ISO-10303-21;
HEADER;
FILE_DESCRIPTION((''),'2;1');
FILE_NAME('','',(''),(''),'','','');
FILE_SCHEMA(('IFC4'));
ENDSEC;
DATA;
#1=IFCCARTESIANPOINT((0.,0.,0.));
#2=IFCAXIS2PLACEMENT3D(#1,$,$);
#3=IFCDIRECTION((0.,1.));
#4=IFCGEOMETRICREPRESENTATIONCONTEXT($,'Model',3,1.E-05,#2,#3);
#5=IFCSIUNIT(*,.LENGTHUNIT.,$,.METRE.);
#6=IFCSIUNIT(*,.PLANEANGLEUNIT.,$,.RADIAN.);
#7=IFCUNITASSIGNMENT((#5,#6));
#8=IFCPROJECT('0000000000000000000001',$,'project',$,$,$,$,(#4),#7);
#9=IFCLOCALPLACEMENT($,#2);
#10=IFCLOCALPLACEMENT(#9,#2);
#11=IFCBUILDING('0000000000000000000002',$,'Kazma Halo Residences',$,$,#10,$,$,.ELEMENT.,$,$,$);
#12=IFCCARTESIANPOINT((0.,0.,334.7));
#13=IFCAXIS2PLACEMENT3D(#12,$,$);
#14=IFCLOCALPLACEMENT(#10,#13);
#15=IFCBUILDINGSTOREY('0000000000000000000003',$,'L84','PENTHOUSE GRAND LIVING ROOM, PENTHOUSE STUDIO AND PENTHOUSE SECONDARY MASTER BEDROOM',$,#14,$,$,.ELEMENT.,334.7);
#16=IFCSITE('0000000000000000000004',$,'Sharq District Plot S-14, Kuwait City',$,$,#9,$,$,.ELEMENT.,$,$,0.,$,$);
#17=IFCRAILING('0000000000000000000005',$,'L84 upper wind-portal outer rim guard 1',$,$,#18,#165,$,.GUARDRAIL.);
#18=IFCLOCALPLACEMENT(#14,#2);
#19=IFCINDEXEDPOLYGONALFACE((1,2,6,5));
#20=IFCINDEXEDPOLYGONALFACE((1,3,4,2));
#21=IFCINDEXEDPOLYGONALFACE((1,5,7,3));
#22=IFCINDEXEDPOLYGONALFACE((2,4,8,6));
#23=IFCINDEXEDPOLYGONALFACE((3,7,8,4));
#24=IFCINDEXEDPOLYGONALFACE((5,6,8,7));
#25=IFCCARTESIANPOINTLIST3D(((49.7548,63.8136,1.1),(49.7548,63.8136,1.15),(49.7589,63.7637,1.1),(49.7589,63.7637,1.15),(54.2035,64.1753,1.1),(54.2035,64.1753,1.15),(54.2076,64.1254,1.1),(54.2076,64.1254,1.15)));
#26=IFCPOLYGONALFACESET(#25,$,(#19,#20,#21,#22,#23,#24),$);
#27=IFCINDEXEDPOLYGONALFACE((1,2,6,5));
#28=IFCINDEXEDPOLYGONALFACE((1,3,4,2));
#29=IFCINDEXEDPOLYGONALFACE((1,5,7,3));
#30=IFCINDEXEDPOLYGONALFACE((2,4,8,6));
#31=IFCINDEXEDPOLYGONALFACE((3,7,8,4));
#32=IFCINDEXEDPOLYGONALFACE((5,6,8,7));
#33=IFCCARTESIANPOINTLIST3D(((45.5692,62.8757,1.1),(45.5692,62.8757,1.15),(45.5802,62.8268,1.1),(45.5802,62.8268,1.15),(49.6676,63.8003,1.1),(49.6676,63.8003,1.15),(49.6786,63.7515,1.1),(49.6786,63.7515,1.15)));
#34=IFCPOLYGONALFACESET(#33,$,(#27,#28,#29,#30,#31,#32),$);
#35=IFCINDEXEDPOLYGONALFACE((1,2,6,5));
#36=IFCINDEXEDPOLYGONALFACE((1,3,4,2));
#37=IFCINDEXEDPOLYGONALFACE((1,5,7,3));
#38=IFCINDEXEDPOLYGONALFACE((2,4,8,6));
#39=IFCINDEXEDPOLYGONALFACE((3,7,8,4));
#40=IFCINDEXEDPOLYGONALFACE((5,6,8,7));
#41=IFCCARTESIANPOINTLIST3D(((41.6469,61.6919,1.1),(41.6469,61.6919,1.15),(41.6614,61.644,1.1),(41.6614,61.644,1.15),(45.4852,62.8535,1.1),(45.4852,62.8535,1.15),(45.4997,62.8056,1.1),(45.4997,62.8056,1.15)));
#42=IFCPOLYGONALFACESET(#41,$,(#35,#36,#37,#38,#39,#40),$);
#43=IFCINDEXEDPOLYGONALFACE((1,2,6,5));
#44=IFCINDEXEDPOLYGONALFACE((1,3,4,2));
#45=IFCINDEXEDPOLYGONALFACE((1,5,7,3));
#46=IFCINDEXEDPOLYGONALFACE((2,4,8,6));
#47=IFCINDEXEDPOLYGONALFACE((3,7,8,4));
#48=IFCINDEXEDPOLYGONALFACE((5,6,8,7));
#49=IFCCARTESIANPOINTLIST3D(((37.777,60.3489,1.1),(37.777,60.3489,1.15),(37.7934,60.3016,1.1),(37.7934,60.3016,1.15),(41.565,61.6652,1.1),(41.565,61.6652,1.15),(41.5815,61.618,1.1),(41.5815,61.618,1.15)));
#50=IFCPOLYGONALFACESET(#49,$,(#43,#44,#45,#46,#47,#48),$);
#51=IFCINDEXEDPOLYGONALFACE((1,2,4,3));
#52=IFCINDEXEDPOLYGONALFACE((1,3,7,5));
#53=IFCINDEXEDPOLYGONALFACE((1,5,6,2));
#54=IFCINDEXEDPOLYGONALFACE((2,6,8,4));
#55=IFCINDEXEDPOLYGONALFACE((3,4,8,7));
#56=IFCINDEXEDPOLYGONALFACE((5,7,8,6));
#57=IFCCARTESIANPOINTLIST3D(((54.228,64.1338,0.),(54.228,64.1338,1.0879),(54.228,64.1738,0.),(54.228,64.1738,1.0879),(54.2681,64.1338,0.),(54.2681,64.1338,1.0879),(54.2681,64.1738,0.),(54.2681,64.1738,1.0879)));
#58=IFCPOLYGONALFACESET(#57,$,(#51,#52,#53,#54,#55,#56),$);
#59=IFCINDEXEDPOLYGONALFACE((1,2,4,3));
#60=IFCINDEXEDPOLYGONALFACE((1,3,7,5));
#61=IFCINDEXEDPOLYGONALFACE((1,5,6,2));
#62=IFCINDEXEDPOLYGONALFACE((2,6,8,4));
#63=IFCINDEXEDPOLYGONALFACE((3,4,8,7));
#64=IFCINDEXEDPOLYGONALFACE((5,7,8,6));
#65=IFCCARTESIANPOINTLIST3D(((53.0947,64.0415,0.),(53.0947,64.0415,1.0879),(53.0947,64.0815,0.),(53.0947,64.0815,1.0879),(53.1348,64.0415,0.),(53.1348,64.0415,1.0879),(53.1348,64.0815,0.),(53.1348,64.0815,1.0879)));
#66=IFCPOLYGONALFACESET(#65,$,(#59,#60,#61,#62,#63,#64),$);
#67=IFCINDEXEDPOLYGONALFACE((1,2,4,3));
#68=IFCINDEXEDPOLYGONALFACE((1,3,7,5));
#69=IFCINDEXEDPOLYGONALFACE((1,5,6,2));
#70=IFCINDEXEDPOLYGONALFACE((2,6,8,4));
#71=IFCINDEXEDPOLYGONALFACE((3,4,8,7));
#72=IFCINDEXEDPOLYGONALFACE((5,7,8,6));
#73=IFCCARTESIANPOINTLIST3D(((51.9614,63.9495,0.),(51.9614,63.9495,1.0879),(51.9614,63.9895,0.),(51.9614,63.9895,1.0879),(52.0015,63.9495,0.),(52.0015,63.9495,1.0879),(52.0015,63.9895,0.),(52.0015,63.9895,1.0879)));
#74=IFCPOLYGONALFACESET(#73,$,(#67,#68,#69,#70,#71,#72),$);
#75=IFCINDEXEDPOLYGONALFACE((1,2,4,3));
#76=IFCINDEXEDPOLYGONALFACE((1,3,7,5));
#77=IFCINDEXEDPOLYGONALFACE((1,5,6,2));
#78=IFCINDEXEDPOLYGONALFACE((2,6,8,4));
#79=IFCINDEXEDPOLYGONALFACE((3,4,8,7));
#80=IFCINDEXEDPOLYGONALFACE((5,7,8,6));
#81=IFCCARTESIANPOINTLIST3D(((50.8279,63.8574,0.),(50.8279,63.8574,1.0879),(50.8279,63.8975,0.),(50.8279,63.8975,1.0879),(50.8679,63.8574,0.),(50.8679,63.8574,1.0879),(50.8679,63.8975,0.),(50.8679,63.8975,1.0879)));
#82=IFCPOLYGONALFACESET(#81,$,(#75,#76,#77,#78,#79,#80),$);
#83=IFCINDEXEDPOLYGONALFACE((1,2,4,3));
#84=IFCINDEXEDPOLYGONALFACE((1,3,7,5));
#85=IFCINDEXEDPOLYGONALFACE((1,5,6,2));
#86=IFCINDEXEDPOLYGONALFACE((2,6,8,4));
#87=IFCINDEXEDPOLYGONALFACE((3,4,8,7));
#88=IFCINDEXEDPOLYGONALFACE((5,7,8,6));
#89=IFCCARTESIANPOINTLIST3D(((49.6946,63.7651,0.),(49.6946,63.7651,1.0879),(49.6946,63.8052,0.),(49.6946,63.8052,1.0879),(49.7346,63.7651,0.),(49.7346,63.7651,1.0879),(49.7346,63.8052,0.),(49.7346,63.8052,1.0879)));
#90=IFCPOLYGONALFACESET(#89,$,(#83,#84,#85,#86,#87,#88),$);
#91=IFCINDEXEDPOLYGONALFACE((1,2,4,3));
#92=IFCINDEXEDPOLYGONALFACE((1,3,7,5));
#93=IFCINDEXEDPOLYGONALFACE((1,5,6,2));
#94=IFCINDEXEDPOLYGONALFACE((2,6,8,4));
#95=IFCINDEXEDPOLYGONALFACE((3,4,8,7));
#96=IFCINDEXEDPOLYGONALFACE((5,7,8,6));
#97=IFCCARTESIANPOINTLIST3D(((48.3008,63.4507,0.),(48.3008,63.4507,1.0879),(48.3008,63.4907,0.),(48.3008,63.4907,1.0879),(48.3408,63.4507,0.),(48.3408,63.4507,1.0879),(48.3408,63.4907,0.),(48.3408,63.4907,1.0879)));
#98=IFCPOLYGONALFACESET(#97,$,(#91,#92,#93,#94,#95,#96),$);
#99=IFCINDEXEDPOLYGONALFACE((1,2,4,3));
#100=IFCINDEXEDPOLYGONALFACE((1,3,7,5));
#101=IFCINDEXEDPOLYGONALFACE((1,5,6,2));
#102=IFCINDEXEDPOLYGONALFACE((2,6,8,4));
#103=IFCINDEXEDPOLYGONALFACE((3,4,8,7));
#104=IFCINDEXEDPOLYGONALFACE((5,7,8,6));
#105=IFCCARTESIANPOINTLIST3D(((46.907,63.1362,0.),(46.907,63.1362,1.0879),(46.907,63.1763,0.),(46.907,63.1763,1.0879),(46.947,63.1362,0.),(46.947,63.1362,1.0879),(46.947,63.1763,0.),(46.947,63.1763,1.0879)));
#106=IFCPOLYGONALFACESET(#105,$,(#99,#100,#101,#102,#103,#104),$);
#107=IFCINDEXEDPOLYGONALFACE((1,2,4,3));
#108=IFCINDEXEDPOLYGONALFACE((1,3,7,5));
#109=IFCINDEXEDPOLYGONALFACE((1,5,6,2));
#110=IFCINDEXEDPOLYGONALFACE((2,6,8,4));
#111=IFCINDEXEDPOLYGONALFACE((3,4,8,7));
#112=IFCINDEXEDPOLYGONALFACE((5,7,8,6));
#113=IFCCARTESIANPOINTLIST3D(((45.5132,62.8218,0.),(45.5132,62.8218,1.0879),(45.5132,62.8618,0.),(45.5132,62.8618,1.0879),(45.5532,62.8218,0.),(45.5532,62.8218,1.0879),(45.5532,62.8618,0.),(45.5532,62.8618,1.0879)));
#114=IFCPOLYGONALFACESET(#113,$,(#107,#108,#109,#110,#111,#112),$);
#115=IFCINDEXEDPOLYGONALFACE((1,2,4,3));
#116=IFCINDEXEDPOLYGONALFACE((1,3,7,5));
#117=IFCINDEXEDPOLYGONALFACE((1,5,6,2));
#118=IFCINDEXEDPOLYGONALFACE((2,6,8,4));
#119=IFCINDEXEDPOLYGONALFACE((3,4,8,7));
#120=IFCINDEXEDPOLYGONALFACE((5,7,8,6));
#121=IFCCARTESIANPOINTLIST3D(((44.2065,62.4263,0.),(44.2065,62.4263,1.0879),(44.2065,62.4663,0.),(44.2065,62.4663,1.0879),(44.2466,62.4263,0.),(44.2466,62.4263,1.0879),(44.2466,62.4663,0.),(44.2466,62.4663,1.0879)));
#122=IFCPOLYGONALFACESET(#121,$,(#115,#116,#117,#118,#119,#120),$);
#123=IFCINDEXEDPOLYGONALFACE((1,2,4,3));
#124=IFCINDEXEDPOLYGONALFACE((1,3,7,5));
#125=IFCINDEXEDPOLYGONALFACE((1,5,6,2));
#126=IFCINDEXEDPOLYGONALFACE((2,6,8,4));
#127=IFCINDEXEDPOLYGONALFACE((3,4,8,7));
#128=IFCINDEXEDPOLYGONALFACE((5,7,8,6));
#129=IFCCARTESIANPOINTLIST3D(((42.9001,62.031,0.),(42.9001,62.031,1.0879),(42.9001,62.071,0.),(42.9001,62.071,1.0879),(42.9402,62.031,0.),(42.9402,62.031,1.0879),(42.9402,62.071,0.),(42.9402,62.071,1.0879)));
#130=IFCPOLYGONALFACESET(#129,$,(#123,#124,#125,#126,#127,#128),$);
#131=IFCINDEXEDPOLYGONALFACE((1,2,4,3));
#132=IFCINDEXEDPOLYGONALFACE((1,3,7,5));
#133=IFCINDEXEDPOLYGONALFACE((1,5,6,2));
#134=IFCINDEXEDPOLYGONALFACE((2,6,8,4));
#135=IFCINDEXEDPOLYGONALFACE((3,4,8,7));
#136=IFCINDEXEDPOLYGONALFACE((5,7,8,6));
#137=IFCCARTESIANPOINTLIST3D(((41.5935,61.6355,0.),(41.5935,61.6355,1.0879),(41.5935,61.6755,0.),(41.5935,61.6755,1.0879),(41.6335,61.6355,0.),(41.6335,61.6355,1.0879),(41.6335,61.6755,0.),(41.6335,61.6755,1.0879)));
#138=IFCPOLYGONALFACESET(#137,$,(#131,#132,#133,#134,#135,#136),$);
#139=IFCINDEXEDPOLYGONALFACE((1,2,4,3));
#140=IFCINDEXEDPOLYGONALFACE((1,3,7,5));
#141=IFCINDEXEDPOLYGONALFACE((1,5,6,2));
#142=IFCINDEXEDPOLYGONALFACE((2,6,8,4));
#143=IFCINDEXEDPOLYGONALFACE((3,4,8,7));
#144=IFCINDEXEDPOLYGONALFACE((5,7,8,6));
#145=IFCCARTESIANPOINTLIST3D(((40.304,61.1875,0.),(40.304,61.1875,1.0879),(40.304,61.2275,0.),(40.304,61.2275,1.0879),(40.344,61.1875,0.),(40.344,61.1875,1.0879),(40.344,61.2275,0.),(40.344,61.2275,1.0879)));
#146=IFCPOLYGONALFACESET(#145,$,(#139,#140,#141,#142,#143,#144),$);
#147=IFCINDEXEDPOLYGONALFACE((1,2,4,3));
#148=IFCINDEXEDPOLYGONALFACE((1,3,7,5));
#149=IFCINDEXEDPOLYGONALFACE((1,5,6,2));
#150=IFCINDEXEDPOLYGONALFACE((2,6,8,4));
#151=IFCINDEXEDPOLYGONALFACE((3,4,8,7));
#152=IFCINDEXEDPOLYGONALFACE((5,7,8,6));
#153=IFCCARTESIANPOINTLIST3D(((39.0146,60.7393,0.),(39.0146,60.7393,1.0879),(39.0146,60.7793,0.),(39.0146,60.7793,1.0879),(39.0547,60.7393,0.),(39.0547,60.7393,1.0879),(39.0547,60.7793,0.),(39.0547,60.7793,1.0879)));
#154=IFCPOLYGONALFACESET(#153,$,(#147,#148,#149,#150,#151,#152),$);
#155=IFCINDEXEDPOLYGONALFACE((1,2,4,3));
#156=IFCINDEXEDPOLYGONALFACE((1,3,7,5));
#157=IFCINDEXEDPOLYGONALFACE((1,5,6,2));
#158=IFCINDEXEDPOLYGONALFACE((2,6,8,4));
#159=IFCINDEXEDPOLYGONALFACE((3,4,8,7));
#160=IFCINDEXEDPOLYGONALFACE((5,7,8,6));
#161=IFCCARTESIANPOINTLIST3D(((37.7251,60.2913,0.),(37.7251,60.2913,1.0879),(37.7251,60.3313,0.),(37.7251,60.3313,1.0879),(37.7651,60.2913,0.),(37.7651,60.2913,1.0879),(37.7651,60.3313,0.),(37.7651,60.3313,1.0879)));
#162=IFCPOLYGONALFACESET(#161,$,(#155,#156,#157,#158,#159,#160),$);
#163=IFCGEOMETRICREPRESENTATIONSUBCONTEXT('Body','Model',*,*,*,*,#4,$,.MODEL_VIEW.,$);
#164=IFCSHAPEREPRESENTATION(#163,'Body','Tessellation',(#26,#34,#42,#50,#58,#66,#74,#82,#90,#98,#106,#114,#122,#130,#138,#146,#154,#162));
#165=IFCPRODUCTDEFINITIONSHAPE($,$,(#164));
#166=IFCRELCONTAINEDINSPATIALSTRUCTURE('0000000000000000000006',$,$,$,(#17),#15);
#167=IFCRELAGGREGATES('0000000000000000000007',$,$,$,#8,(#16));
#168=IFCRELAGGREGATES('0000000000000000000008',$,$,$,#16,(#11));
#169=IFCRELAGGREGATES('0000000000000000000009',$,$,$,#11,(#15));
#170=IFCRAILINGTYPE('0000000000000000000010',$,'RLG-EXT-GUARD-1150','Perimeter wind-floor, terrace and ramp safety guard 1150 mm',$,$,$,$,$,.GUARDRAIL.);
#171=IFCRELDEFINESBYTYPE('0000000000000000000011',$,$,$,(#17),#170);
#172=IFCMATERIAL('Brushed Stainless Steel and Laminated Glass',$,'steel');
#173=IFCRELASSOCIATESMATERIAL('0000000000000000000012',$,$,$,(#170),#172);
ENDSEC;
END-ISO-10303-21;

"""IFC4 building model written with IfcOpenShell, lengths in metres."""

from ifc_helpers import new_model, si_unit, direction, frame, origin, origin_2d, place, context, subcontext, project, spatial, rectangle, extrude, material, type_object, element, save


model = new_model("IFC4")

# Units and contexts
model_context = context("Model", 3, precision=1e-05, world=origin(), true_north=direction((0.0, 1.0)))
body_context = subcontext(model_context, "Body", "Model", "MODEL_VIEW")
ifc_project = project(units=[si_unit("LENGTHUNIT", "METRE"), si_unit("PLANEANGLEUNIT", "RADIAN")], contexts=[model_context])

# Site, building, storey
site_placement = place(None, origin())
site = spatial("IfcSite", under=ifc_project, at=site_placement, Name="Sharq District Plot S-14, Kuwait City", CompositionType="ELEMENT", RefElevation=0.0)
building_placement = place(site_placement, origin())
building = spatial("IfcBuilding", under=site, at=building_placement, Name="Kazma Halo Residences", CompositionType="ELEMENT")
storey_placement = place(building_placement, frame((0.0, 0.0, 334.7)))
storey = spatial("IfcBuildingStorey", under=building, at=storey_placement, Name="L84", Description="PENTHOUSE GRAND LIVING ROOM, PENTHOUSE STUDIO AND PENTHOUSE SECONDARY MASTER BEDROOM", CompositionType="ELEMENT", Elevation=334.7)

# Railing
ifc_material_1 = material(Name="Brushed Stainless Steel and Laminated Glass", Category="steel")
railing_type_1 = type_object("IfcRailingType", Name="RLG-EXT-GUARD-1150", Description="Perimeter wind-floor, terrace and ramp safety guard 1150 mm", PredefinedType="GUARDRAIL", material=ifc_material_1)
railing_1_placement = place(storey_placement, frame((54.248, 64.1538, 0.0)))
element("IfcRailing", 1, at=railing_1_placement, inside=storey, type_object=railing_type_1, Name="L84 upper wind-portal outer rim guard 1", PredefinedType="GUARDRAIL", context=body_context, shape_type="SweptSolid", body=[
    extrude(rectangle(XDim=0.05, YDim=0.05, at=origin_2d()), frame((-0.0425, -0.0034, 1.125), z_axis=(-0.99671, -0.081051, 0.0), x_axis=(0.081051, -0.99671, 0.0)), (0.0, 0.0, 1.0), 4.4634),
    extrude(rectangle(XDim=0.05, YDim=0.05, at=origin_2d()), frame((-4.575, -0.3779, 1.125), z_axis=(-0.975482, -0.220077, 0.0), x_axis=(0.220077, -0.975482, 0.0)), (0.0, 0.0, 1.0), 4.2014),
    extrude(rectangle(XDim=0.05, YDim=0.05, at=origin_2d()), frame((-8.7556, -1.3242, 1.125), z_axis=(-0.957126, -0.289671, 0.0), x_axis=(0.289671, -0.957126, 0.0)), (0.0, 0.0, 1.0), 4.0103),
    extrude(rectangle(XDim=0.05, YDim=0.05, at=origin_2d()), frame((-12.6748, -2.5122, 1.125), z_axis=(-0.944595, -0.328239, 0.0), x_axis=(0.328239, -0.944595, 0.0)), (0.0, 0.0, 1.0), 4.0103),
    extrude(rectangle(XDim=0.04, YDim=0.04, at=origin_2d()), origin(), (0.0, 0.0, 1.0), 1.0879),
    extrude(rectangle(XDim=0.04, YDim=0.04, at=origin_2d()), frame((-1.1333, -0.0923, 0.0)), (0.0, 0.0, 1.0), 1.0879),
    extrude(rectangle(XDim=0.04, YDim=0.04, at=origin_2d()), frame((-2.2666, -0.1843, 0.0)), (0.0, 0.0, 1.0), 1.0879),
    extrude(rectangle(XDim=0.04, YDim=0.04, at=origin_2d()), frame((-3.4001, -0.2764, 0.0)), (0.0, 0.0, 1.0), 1.0879),
    extrude(rectangle(XDim=0.04, YDim=0.04, at=origin_2d()), frame((-4.5334, -0.3687, 0.0)), (0.0, 0.0, 1.0), 1.0879),
    extrude(rectangle(XDim=0.04, YDim=0.04, at=origin_2d()), frame((-5.9272, -0.6831, 0.0)), (0.0, 0.0, 1.0), 1.0879),
    extrude(rectangle(XDim=0.04, YDim=0.04, at=origin_2d()), frame((-7.321, -0.9976, 0.0)), (0.0, 0.0, 1.0), 1.0879),
    extrude(rectangle(XDim=0.04, YDim=0.04, at=origin_2d()), frame((-8.7148, -1.312, 0.0)), (0.0, 0.0, 1.0), 1.0879),
    extrude(rectangle(XDim=0.04, YDim=0.04, at=origin_2d()), frame((-10.0215, -1.7075, 0.0)), (0.0, 0.0, 1.0), 1.0879),
    extrude(rectangle(XDim=0.04, YDim=0.04, at=origin_2d()), frame((-11.3279, -2.1028, 0.0)), (0.0, 0.0, 1.0), 1.0879),
    extrude(rectangle(XDim=0.04, YDim=0.04, at=origin_2d()), frame((-12.6345, -2.4983, 0.0)), (0.0, 0.0, 1.0), 1.0879),
    extrude(rectangle(XDim=0.04, YDim=0.04, at=origin_2d()), frame((-13.9241, -2.9463, 0.0)), (0.0, 0.0, 1.0), 1.0879),
    extrude(rectangle(XDim=0.04, YDim=0.04, at=origin_2d()), frame((-15.2134, -3.3945, 0.0)), (0.0, 0.0, 1.0), 1.0879),
    extrude(rectangle(XDim=0.04, YDim=0.04, at=origin_2d()), frame((-16.5029, -3.8425, 0.0)), (0.0, 0.0, 1.0), 1.0879),
])

save(model, "model.ifc")
